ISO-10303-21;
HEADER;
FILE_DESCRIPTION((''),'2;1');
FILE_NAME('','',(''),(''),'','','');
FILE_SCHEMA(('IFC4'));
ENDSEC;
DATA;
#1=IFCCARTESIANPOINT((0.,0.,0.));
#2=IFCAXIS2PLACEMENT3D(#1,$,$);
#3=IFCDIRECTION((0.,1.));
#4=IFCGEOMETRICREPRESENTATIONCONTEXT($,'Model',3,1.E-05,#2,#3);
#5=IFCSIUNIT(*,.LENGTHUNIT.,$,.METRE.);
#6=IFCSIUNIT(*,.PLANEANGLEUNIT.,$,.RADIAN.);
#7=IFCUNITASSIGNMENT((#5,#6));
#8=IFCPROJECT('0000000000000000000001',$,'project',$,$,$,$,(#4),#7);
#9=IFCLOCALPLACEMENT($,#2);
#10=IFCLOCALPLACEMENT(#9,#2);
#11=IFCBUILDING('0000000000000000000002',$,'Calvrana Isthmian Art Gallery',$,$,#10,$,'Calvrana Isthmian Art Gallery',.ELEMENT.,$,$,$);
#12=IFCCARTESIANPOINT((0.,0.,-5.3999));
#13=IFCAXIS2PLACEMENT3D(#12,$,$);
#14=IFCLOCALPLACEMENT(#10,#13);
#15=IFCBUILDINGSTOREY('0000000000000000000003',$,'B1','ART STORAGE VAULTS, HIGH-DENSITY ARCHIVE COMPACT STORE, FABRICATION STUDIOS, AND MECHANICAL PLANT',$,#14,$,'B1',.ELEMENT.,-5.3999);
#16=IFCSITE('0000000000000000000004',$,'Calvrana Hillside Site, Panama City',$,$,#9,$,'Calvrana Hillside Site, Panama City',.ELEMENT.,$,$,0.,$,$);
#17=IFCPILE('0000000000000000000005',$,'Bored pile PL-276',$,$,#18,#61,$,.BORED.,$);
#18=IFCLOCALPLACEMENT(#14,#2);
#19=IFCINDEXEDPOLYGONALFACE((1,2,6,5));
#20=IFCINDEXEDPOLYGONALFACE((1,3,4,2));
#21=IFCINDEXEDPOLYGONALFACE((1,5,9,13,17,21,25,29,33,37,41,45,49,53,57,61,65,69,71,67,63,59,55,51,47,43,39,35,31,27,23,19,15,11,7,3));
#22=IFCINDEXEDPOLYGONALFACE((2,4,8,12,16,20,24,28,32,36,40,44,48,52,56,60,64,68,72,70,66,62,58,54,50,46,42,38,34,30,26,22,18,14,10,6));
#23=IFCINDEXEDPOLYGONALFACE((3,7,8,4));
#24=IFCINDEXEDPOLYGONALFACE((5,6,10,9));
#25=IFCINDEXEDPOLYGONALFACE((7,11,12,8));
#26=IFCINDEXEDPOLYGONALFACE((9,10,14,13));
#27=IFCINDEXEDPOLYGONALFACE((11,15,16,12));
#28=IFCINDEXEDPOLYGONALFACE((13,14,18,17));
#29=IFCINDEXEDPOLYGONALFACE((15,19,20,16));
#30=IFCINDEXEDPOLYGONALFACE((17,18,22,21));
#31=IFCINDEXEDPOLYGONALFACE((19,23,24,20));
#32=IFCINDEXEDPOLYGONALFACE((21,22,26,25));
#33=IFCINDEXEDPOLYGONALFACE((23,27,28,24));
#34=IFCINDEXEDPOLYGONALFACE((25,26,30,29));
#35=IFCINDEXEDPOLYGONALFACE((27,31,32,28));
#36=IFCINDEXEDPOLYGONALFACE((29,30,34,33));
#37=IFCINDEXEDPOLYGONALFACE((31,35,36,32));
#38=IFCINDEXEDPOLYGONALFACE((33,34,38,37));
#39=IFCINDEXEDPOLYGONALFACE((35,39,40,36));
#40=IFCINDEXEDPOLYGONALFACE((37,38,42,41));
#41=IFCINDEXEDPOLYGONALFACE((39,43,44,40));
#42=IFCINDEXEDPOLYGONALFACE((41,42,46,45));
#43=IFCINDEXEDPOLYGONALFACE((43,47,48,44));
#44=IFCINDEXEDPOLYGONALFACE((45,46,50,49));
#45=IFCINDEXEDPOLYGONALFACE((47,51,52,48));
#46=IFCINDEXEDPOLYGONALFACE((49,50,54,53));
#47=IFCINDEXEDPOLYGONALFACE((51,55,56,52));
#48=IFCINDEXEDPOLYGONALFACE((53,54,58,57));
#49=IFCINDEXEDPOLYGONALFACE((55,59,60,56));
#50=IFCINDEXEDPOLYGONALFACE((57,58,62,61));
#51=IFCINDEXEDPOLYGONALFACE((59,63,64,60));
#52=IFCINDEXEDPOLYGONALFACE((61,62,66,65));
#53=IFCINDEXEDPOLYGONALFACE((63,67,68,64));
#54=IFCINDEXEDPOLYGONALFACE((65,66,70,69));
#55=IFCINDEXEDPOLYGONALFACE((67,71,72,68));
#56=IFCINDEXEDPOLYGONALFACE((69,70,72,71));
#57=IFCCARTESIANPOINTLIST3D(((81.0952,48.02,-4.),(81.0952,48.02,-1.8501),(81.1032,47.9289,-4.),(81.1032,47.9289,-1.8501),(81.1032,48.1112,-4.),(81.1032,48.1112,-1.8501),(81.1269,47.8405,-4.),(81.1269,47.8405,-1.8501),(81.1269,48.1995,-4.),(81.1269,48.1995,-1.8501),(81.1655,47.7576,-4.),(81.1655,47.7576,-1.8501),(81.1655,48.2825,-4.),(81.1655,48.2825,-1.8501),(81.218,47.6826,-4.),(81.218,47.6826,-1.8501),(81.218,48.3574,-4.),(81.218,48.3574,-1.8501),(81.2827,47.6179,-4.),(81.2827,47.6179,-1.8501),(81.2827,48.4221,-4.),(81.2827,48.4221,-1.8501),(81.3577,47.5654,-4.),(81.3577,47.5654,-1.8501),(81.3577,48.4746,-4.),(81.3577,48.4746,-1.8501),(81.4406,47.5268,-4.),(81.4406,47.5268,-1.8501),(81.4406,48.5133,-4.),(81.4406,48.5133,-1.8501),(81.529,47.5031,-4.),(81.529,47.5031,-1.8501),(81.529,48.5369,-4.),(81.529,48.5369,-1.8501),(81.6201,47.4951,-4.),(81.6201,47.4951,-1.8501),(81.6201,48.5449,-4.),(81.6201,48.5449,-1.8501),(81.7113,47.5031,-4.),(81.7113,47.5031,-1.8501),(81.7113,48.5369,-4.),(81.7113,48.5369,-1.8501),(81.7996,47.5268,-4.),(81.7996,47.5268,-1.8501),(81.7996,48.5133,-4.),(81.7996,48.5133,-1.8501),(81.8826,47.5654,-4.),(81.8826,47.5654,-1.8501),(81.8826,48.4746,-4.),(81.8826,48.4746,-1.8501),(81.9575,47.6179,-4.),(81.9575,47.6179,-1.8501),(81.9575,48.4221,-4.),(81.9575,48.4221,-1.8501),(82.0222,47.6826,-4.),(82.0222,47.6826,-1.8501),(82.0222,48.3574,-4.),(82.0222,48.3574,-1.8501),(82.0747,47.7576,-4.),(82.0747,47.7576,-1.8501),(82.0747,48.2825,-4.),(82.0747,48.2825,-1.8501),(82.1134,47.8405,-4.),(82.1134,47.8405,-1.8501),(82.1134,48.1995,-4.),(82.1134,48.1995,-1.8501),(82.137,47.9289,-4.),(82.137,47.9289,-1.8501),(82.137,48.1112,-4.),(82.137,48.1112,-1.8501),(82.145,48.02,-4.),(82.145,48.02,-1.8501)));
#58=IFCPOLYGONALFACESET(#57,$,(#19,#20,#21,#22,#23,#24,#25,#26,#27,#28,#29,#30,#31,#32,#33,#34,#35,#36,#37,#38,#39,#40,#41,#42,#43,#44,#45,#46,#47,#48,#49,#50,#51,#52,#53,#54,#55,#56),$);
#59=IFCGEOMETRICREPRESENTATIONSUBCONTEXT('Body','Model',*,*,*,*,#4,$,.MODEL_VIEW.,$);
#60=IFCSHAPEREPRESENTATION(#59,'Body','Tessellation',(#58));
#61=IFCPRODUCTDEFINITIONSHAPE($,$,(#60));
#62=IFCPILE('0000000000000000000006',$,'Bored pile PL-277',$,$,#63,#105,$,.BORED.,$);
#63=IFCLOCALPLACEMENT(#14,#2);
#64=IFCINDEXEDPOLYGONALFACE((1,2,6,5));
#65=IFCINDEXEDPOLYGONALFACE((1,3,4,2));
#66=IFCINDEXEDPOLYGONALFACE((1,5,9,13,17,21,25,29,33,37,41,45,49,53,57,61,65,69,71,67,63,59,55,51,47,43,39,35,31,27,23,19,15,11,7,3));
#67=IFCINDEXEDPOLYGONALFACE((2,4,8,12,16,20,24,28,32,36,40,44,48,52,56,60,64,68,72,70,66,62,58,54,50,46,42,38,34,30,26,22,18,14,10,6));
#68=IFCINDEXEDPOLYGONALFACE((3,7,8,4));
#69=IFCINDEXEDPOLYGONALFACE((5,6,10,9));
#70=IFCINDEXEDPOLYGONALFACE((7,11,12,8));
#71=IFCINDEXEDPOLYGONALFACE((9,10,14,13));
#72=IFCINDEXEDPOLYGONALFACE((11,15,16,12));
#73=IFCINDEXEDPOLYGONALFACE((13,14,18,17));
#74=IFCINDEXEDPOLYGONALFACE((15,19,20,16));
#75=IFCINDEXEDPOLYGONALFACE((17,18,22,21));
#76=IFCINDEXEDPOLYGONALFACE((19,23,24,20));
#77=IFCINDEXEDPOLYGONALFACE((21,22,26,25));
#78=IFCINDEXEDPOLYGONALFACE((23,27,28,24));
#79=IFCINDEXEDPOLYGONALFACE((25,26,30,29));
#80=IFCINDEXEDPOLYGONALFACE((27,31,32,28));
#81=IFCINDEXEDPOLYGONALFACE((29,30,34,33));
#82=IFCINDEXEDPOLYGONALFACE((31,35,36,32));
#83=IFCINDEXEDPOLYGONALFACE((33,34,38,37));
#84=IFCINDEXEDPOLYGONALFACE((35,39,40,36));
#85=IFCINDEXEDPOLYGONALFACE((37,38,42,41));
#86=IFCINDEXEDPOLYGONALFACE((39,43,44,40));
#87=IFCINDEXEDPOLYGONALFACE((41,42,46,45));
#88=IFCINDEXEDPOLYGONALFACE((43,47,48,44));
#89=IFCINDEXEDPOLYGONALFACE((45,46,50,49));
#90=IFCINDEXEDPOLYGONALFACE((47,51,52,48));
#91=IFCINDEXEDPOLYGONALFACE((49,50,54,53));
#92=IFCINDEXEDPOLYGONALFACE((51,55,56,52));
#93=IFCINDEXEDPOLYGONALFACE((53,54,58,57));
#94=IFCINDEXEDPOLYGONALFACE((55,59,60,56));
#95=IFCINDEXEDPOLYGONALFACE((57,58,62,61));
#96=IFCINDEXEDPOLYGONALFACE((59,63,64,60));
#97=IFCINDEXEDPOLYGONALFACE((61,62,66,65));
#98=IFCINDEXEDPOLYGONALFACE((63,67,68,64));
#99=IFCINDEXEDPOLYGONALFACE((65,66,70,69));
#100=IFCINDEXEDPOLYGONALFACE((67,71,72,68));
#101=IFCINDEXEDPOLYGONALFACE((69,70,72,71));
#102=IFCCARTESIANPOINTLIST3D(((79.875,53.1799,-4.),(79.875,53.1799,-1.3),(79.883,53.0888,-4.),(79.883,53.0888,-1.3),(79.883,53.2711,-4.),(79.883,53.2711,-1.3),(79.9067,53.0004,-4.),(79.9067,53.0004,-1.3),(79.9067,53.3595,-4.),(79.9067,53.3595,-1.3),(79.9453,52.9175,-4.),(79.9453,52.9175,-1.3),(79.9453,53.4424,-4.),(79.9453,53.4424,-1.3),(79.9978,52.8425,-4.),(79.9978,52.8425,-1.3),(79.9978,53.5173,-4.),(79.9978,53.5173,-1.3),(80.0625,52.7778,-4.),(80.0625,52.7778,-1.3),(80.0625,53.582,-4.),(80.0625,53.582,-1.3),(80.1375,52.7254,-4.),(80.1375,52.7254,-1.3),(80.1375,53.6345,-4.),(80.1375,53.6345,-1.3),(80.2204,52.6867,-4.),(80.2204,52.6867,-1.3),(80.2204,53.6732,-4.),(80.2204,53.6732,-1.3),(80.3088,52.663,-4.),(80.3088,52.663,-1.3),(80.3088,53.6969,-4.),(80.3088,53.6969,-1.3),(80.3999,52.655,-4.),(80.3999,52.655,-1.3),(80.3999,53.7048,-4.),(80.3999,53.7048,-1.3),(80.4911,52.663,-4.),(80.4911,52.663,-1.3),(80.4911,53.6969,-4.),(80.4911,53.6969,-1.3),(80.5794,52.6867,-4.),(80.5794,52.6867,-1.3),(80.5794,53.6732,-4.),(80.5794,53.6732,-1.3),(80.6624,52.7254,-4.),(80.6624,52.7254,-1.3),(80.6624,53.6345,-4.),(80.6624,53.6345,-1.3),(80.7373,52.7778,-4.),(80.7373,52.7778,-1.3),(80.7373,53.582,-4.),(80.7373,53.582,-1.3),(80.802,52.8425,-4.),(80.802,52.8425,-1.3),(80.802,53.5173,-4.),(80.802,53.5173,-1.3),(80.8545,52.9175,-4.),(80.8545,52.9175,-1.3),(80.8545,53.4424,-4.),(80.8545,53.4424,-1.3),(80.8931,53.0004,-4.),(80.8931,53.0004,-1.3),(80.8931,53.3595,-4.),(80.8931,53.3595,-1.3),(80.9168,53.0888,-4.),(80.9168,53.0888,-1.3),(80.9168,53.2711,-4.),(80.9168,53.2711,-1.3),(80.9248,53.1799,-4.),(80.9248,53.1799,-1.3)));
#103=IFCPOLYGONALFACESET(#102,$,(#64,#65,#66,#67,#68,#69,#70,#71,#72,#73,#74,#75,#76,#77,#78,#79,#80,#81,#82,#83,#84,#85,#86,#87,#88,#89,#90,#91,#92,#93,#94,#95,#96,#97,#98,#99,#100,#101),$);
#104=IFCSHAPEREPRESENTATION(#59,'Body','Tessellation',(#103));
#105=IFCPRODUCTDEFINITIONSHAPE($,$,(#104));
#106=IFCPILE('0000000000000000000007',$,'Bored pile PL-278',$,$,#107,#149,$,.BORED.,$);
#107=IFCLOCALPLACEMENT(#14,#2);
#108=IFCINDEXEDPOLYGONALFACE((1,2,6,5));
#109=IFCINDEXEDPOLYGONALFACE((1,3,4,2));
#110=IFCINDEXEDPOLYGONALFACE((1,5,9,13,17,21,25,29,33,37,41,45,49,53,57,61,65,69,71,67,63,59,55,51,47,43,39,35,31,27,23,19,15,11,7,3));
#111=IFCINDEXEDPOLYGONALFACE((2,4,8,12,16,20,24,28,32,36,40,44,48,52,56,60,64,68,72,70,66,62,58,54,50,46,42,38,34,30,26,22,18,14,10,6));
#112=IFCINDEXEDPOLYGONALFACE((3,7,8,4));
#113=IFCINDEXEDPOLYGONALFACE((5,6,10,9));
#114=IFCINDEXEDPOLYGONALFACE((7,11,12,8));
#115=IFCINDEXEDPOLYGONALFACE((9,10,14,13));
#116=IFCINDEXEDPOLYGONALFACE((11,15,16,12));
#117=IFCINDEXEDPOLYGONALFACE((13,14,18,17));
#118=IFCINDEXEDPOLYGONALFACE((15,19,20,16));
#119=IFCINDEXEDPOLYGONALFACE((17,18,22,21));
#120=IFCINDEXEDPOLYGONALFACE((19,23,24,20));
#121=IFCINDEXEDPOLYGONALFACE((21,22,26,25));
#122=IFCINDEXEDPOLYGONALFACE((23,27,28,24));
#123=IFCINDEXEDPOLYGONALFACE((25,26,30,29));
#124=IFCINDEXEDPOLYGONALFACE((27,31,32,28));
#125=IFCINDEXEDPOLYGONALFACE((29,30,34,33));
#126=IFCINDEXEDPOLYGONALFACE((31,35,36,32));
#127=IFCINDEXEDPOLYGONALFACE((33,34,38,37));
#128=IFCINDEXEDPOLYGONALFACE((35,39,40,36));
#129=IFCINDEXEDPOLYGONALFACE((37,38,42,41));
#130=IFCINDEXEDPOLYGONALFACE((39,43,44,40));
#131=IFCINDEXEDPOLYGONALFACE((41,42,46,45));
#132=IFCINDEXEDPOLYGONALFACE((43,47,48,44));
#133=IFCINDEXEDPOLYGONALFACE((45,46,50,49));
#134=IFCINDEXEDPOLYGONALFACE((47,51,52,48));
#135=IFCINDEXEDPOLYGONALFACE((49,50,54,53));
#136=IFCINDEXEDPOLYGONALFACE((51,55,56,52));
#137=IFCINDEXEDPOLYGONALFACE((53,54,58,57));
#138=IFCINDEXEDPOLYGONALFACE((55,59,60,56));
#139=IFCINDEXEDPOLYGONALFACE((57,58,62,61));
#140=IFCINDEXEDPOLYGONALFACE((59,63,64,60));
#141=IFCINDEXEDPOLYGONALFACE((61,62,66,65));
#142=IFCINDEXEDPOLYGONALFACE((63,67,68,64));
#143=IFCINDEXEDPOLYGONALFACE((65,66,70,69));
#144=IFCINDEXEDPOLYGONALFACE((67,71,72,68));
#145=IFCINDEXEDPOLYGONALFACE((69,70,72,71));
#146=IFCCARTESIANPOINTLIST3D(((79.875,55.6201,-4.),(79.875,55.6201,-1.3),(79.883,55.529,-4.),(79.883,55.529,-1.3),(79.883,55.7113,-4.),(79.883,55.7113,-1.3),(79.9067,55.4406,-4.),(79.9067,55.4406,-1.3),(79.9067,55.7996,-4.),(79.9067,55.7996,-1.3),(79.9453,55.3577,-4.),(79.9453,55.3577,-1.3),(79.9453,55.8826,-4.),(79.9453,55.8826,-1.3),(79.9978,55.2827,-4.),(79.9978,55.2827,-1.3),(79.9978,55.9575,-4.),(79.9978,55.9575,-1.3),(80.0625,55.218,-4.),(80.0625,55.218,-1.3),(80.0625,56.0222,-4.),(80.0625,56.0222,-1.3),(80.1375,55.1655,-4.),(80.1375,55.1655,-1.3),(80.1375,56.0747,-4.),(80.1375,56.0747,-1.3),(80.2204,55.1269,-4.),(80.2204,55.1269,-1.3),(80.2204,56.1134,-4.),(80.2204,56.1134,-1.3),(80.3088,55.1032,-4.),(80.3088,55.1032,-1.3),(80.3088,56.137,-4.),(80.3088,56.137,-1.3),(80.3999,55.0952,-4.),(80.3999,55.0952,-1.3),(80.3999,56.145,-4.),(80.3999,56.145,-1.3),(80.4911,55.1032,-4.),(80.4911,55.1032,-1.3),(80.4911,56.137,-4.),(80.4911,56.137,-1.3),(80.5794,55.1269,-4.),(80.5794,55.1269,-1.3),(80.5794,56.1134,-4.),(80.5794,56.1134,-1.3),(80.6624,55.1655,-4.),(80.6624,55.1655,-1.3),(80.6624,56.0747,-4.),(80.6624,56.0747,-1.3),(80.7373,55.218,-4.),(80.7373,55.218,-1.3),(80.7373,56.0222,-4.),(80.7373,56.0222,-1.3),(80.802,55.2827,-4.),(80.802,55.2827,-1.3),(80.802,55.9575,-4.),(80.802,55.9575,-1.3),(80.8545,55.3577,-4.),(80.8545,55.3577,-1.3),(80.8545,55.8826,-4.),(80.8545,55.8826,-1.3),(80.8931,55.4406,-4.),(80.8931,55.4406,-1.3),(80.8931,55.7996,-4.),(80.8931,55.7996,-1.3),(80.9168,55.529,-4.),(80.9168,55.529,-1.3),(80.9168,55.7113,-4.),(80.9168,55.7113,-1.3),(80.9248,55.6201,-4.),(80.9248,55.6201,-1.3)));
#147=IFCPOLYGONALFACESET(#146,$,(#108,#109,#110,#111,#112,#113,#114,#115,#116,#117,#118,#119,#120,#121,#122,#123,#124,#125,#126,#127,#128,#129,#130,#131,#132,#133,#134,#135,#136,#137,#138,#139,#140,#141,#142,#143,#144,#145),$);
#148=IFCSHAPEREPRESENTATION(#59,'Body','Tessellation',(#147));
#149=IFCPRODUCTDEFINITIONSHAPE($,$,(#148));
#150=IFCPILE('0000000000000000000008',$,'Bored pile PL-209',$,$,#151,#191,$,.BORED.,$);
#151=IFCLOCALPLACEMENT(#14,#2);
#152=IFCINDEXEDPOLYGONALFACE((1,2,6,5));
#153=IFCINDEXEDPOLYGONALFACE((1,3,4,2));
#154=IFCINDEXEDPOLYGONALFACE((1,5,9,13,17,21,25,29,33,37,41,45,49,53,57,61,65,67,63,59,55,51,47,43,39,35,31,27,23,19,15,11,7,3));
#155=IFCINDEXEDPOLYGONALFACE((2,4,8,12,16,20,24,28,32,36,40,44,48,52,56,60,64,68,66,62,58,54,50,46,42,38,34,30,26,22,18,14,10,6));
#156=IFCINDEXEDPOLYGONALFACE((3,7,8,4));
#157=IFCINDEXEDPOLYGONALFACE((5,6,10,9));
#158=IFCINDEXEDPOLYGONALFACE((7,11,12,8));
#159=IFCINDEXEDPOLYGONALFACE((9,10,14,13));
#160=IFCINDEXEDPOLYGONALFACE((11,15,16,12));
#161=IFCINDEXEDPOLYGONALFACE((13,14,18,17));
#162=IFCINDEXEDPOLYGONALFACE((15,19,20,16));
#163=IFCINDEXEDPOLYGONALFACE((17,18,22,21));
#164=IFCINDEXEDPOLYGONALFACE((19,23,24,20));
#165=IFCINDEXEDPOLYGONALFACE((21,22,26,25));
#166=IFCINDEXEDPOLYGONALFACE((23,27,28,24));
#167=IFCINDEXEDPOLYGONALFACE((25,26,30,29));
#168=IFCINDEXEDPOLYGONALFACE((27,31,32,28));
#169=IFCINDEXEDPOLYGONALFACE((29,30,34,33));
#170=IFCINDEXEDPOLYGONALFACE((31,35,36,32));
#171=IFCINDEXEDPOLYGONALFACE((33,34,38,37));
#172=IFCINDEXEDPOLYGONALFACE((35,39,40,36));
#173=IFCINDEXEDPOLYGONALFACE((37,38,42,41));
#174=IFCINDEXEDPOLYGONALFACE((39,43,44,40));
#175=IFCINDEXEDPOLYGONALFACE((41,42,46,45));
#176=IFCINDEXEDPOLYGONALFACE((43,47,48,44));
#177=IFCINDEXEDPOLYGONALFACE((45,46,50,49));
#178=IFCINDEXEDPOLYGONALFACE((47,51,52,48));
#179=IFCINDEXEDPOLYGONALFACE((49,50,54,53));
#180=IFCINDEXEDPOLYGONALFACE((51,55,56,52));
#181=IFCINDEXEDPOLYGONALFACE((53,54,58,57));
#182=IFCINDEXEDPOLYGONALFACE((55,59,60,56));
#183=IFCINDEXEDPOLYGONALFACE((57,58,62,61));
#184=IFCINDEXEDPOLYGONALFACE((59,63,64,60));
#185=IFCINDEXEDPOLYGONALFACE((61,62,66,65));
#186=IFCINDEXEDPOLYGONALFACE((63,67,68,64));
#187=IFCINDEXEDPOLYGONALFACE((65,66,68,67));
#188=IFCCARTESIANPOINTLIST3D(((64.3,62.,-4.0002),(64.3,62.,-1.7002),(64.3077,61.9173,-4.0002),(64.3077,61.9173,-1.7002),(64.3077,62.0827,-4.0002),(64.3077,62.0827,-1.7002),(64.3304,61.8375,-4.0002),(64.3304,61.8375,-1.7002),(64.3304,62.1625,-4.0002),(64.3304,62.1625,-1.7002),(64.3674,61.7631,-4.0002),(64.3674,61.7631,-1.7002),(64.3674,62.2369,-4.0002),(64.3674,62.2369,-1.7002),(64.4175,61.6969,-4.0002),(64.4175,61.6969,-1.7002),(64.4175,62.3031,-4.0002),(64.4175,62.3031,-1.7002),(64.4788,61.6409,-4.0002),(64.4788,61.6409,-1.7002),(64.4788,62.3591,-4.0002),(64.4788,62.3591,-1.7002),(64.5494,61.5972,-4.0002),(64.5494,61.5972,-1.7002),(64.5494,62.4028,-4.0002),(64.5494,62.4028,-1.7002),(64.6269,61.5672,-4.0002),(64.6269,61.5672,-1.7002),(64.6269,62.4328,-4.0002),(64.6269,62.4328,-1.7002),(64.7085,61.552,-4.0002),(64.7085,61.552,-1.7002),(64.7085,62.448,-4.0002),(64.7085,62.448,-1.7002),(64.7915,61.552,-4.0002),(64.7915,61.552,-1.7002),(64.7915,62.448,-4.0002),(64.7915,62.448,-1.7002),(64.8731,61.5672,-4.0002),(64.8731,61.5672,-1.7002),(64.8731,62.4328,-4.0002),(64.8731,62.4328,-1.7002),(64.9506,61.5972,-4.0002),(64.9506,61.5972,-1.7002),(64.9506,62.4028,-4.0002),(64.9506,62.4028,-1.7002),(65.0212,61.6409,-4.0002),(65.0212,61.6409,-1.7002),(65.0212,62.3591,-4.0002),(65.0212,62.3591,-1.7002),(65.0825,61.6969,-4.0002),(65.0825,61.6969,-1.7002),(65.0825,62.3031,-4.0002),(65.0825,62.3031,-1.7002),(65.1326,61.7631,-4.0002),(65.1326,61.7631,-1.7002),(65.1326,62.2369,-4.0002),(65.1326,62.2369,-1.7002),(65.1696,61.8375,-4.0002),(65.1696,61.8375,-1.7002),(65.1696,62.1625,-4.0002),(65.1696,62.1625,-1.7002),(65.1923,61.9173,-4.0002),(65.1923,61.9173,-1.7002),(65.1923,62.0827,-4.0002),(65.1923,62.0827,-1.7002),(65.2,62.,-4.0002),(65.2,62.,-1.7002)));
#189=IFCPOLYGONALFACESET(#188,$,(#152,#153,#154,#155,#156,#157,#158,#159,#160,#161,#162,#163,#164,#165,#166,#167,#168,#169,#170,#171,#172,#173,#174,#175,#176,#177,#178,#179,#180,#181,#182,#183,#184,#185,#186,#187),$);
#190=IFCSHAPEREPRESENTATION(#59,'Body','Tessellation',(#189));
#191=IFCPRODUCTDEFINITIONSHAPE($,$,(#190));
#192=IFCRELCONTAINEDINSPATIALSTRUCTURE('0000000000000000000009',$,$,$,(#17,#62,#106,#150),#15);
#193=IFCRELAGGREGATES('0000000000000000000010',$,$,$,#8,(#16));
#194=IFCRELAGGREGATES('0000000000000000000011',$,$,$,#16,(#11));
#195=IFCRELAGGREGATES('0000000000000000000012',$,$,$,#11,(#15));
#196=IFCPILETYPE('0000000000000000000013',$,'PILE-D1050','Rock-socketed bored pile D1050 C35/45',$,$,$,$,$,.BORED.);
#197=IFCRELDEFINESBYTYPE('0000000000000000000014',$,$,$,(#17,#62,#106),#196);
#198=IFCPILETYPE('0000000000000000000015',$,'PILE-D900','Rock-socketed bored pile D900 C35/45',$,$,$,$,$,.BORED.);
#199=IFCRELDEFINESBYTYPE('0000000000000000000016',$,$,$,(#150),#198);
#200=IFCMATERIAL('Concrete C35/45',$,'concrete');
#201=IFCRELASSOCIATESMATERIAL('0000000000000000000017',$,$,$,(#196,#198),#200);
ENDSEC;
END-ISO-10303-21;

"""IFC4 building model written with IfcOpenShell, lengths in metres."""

from ifc_helpers import new_model, si_unit, direction, frame, origin, origin_2d, place, context, subcontext, project, spatial, circle, extrude, material, material_profile, profile_set, type_object, element, save


model = new_model("IFC4")

# Units and contexts
model_context = context("Model", 3, precision=1e-05, world=origin(), true_north=direction((0.0, 1.0)))
body_context = subcontext(model_context, "Body", "Model", "MODEL_VIEW")
ifc_project = project(units=[si_unit("LENGTHUNIT", "METRE"), si_unit("PLANEANGLEUNIT", "RADIAN")], contexts=[model_context])

# Site, building, storey
site_placement = place(None, origin())
site = spatial("IfcSite", under=ifc_project, at=site_placement, Name="Calvrana Hillside Site, Panama City", LongName="Calvrana Hillside Site, Panama City", CompositionType="ELEMENT", RefElevation=0.0)
building_placement = place(site_placement, origin())
building = spatial("IfcBuilding", under=site, at=building_placement, Name="Calvrana Isthmian Art Gallery", LongName="Calvrana Isthmian Art Gallery", CompositionType="ELEMENT")
storey_placement = place(building_placement, frame((0.0, 0.0, -5.3999)))
storey = spatial("IfcBuildingStorey", under=building, at=storey_placement, Name="B1", Description="ART STORAGE VAULTS, HIGH-DENSITY ARCHIVE COMPACT STORE, FABRICATION STUDIOS, AND MECHANICAL PLANT", LongName="B1", CompositionType="ELEMENT", Elevation=-5.3999)

# Shared definitions
ifc_material_1 = material(Name="Concrete C35/45", Category="concrete")

# Piles
ifc_material_profile_1 = material_profile(ifc_material_1, circle(Radius=0.5249, at=origin_2d()), Name="PILE1050D")
ifc_profile_set_1 = profile_set([ifc_material_profile_1], Name="Concrete C35/45")
pile_type_1 = type_object("IfcPileType", Name="PILE-D1050", Description="Rock-socketed bored pile D1050 C35/45", PredefinedType="BORED", material=ifc_profile_set_1)
pile_1_placement = place(storey_placement, frame((81.6201, 48.02, -1.8501), z_axis=(0.0, 0.0, -1.0), x_axis=(1.0, 0.0, 0.0)))
element("IfcPile", 1, at=pile_1_placement, inside=storey, type_object=pile_type_1, Name="Bored pile PL-276", PredefinedType="BORED", context=body_context, shape_type="SweptSolid", body=[
    extrude(circle(Radius=0.5249, at=origin_2d()), origin(), (0.0, 0.0, 1.0), 2.1499),
])
for number, where, z_axis, x_axis, name in (
    (2, (80.3999, 53.1799, -1.3), (0.0, 0.0, -1.0), (1.0, 0.0, 0.0), "Bored pile PL-277"),
    (3, (80.3999, 55.6201, -1.3), (0.0, 0.0, -1.0), (1.0, 0.0, 0.0), "Bored pile PL-278"),
):
    element("IfcPile", number, at=place(storey_placement, frame(where, z_axis=z_axis, x_axis=x_axis)), inside=storey, type_object=pile_type_1, Name=name, PredefinedType="BORED", context=body_context, shape_type="SweptSolid", body=[
        extrude(circle(Radius=0.5249, at=origin_2d()), origin(), (0.0, 0.0, 1.0), 2.7),
    ])
ifc_material_profile_2 = material_profile(ifc_material_1, circle(Radius=0.45, at=origin_2d()), Name="PILE900D")
ifc_profile_set_2 = profile_set([ifc_material_profile_2], Name="Concrete C35/45")
pile_type_2 = type_object("IfcPileType", Name="PILE-D900", Description="Rock-socketed bored pile D900 C35/45", PredefinedType="BORED", material=ifc_profile_set_2)
pile_2_placement = place(storey_placement, frame((64.75, 62.0, -1.7002), z_axis=(0.0, 0.0, -1.0), x_axis=(1.0, 0.0, 0.0)))
element("IfcPile", 4, at=pile_2_placement, inside=storey, type_object=pile_type_2, Name="Bored pile PL-209", PredefinedType="BORED", context=body_context, shape_type="SweptSolid", body=[
    extrude(circle(Radius=0.45, at=origin_2d()), origin(), (0.0, 0.0, 1.0), 2.3),
])

save(model, "model.ifc")
